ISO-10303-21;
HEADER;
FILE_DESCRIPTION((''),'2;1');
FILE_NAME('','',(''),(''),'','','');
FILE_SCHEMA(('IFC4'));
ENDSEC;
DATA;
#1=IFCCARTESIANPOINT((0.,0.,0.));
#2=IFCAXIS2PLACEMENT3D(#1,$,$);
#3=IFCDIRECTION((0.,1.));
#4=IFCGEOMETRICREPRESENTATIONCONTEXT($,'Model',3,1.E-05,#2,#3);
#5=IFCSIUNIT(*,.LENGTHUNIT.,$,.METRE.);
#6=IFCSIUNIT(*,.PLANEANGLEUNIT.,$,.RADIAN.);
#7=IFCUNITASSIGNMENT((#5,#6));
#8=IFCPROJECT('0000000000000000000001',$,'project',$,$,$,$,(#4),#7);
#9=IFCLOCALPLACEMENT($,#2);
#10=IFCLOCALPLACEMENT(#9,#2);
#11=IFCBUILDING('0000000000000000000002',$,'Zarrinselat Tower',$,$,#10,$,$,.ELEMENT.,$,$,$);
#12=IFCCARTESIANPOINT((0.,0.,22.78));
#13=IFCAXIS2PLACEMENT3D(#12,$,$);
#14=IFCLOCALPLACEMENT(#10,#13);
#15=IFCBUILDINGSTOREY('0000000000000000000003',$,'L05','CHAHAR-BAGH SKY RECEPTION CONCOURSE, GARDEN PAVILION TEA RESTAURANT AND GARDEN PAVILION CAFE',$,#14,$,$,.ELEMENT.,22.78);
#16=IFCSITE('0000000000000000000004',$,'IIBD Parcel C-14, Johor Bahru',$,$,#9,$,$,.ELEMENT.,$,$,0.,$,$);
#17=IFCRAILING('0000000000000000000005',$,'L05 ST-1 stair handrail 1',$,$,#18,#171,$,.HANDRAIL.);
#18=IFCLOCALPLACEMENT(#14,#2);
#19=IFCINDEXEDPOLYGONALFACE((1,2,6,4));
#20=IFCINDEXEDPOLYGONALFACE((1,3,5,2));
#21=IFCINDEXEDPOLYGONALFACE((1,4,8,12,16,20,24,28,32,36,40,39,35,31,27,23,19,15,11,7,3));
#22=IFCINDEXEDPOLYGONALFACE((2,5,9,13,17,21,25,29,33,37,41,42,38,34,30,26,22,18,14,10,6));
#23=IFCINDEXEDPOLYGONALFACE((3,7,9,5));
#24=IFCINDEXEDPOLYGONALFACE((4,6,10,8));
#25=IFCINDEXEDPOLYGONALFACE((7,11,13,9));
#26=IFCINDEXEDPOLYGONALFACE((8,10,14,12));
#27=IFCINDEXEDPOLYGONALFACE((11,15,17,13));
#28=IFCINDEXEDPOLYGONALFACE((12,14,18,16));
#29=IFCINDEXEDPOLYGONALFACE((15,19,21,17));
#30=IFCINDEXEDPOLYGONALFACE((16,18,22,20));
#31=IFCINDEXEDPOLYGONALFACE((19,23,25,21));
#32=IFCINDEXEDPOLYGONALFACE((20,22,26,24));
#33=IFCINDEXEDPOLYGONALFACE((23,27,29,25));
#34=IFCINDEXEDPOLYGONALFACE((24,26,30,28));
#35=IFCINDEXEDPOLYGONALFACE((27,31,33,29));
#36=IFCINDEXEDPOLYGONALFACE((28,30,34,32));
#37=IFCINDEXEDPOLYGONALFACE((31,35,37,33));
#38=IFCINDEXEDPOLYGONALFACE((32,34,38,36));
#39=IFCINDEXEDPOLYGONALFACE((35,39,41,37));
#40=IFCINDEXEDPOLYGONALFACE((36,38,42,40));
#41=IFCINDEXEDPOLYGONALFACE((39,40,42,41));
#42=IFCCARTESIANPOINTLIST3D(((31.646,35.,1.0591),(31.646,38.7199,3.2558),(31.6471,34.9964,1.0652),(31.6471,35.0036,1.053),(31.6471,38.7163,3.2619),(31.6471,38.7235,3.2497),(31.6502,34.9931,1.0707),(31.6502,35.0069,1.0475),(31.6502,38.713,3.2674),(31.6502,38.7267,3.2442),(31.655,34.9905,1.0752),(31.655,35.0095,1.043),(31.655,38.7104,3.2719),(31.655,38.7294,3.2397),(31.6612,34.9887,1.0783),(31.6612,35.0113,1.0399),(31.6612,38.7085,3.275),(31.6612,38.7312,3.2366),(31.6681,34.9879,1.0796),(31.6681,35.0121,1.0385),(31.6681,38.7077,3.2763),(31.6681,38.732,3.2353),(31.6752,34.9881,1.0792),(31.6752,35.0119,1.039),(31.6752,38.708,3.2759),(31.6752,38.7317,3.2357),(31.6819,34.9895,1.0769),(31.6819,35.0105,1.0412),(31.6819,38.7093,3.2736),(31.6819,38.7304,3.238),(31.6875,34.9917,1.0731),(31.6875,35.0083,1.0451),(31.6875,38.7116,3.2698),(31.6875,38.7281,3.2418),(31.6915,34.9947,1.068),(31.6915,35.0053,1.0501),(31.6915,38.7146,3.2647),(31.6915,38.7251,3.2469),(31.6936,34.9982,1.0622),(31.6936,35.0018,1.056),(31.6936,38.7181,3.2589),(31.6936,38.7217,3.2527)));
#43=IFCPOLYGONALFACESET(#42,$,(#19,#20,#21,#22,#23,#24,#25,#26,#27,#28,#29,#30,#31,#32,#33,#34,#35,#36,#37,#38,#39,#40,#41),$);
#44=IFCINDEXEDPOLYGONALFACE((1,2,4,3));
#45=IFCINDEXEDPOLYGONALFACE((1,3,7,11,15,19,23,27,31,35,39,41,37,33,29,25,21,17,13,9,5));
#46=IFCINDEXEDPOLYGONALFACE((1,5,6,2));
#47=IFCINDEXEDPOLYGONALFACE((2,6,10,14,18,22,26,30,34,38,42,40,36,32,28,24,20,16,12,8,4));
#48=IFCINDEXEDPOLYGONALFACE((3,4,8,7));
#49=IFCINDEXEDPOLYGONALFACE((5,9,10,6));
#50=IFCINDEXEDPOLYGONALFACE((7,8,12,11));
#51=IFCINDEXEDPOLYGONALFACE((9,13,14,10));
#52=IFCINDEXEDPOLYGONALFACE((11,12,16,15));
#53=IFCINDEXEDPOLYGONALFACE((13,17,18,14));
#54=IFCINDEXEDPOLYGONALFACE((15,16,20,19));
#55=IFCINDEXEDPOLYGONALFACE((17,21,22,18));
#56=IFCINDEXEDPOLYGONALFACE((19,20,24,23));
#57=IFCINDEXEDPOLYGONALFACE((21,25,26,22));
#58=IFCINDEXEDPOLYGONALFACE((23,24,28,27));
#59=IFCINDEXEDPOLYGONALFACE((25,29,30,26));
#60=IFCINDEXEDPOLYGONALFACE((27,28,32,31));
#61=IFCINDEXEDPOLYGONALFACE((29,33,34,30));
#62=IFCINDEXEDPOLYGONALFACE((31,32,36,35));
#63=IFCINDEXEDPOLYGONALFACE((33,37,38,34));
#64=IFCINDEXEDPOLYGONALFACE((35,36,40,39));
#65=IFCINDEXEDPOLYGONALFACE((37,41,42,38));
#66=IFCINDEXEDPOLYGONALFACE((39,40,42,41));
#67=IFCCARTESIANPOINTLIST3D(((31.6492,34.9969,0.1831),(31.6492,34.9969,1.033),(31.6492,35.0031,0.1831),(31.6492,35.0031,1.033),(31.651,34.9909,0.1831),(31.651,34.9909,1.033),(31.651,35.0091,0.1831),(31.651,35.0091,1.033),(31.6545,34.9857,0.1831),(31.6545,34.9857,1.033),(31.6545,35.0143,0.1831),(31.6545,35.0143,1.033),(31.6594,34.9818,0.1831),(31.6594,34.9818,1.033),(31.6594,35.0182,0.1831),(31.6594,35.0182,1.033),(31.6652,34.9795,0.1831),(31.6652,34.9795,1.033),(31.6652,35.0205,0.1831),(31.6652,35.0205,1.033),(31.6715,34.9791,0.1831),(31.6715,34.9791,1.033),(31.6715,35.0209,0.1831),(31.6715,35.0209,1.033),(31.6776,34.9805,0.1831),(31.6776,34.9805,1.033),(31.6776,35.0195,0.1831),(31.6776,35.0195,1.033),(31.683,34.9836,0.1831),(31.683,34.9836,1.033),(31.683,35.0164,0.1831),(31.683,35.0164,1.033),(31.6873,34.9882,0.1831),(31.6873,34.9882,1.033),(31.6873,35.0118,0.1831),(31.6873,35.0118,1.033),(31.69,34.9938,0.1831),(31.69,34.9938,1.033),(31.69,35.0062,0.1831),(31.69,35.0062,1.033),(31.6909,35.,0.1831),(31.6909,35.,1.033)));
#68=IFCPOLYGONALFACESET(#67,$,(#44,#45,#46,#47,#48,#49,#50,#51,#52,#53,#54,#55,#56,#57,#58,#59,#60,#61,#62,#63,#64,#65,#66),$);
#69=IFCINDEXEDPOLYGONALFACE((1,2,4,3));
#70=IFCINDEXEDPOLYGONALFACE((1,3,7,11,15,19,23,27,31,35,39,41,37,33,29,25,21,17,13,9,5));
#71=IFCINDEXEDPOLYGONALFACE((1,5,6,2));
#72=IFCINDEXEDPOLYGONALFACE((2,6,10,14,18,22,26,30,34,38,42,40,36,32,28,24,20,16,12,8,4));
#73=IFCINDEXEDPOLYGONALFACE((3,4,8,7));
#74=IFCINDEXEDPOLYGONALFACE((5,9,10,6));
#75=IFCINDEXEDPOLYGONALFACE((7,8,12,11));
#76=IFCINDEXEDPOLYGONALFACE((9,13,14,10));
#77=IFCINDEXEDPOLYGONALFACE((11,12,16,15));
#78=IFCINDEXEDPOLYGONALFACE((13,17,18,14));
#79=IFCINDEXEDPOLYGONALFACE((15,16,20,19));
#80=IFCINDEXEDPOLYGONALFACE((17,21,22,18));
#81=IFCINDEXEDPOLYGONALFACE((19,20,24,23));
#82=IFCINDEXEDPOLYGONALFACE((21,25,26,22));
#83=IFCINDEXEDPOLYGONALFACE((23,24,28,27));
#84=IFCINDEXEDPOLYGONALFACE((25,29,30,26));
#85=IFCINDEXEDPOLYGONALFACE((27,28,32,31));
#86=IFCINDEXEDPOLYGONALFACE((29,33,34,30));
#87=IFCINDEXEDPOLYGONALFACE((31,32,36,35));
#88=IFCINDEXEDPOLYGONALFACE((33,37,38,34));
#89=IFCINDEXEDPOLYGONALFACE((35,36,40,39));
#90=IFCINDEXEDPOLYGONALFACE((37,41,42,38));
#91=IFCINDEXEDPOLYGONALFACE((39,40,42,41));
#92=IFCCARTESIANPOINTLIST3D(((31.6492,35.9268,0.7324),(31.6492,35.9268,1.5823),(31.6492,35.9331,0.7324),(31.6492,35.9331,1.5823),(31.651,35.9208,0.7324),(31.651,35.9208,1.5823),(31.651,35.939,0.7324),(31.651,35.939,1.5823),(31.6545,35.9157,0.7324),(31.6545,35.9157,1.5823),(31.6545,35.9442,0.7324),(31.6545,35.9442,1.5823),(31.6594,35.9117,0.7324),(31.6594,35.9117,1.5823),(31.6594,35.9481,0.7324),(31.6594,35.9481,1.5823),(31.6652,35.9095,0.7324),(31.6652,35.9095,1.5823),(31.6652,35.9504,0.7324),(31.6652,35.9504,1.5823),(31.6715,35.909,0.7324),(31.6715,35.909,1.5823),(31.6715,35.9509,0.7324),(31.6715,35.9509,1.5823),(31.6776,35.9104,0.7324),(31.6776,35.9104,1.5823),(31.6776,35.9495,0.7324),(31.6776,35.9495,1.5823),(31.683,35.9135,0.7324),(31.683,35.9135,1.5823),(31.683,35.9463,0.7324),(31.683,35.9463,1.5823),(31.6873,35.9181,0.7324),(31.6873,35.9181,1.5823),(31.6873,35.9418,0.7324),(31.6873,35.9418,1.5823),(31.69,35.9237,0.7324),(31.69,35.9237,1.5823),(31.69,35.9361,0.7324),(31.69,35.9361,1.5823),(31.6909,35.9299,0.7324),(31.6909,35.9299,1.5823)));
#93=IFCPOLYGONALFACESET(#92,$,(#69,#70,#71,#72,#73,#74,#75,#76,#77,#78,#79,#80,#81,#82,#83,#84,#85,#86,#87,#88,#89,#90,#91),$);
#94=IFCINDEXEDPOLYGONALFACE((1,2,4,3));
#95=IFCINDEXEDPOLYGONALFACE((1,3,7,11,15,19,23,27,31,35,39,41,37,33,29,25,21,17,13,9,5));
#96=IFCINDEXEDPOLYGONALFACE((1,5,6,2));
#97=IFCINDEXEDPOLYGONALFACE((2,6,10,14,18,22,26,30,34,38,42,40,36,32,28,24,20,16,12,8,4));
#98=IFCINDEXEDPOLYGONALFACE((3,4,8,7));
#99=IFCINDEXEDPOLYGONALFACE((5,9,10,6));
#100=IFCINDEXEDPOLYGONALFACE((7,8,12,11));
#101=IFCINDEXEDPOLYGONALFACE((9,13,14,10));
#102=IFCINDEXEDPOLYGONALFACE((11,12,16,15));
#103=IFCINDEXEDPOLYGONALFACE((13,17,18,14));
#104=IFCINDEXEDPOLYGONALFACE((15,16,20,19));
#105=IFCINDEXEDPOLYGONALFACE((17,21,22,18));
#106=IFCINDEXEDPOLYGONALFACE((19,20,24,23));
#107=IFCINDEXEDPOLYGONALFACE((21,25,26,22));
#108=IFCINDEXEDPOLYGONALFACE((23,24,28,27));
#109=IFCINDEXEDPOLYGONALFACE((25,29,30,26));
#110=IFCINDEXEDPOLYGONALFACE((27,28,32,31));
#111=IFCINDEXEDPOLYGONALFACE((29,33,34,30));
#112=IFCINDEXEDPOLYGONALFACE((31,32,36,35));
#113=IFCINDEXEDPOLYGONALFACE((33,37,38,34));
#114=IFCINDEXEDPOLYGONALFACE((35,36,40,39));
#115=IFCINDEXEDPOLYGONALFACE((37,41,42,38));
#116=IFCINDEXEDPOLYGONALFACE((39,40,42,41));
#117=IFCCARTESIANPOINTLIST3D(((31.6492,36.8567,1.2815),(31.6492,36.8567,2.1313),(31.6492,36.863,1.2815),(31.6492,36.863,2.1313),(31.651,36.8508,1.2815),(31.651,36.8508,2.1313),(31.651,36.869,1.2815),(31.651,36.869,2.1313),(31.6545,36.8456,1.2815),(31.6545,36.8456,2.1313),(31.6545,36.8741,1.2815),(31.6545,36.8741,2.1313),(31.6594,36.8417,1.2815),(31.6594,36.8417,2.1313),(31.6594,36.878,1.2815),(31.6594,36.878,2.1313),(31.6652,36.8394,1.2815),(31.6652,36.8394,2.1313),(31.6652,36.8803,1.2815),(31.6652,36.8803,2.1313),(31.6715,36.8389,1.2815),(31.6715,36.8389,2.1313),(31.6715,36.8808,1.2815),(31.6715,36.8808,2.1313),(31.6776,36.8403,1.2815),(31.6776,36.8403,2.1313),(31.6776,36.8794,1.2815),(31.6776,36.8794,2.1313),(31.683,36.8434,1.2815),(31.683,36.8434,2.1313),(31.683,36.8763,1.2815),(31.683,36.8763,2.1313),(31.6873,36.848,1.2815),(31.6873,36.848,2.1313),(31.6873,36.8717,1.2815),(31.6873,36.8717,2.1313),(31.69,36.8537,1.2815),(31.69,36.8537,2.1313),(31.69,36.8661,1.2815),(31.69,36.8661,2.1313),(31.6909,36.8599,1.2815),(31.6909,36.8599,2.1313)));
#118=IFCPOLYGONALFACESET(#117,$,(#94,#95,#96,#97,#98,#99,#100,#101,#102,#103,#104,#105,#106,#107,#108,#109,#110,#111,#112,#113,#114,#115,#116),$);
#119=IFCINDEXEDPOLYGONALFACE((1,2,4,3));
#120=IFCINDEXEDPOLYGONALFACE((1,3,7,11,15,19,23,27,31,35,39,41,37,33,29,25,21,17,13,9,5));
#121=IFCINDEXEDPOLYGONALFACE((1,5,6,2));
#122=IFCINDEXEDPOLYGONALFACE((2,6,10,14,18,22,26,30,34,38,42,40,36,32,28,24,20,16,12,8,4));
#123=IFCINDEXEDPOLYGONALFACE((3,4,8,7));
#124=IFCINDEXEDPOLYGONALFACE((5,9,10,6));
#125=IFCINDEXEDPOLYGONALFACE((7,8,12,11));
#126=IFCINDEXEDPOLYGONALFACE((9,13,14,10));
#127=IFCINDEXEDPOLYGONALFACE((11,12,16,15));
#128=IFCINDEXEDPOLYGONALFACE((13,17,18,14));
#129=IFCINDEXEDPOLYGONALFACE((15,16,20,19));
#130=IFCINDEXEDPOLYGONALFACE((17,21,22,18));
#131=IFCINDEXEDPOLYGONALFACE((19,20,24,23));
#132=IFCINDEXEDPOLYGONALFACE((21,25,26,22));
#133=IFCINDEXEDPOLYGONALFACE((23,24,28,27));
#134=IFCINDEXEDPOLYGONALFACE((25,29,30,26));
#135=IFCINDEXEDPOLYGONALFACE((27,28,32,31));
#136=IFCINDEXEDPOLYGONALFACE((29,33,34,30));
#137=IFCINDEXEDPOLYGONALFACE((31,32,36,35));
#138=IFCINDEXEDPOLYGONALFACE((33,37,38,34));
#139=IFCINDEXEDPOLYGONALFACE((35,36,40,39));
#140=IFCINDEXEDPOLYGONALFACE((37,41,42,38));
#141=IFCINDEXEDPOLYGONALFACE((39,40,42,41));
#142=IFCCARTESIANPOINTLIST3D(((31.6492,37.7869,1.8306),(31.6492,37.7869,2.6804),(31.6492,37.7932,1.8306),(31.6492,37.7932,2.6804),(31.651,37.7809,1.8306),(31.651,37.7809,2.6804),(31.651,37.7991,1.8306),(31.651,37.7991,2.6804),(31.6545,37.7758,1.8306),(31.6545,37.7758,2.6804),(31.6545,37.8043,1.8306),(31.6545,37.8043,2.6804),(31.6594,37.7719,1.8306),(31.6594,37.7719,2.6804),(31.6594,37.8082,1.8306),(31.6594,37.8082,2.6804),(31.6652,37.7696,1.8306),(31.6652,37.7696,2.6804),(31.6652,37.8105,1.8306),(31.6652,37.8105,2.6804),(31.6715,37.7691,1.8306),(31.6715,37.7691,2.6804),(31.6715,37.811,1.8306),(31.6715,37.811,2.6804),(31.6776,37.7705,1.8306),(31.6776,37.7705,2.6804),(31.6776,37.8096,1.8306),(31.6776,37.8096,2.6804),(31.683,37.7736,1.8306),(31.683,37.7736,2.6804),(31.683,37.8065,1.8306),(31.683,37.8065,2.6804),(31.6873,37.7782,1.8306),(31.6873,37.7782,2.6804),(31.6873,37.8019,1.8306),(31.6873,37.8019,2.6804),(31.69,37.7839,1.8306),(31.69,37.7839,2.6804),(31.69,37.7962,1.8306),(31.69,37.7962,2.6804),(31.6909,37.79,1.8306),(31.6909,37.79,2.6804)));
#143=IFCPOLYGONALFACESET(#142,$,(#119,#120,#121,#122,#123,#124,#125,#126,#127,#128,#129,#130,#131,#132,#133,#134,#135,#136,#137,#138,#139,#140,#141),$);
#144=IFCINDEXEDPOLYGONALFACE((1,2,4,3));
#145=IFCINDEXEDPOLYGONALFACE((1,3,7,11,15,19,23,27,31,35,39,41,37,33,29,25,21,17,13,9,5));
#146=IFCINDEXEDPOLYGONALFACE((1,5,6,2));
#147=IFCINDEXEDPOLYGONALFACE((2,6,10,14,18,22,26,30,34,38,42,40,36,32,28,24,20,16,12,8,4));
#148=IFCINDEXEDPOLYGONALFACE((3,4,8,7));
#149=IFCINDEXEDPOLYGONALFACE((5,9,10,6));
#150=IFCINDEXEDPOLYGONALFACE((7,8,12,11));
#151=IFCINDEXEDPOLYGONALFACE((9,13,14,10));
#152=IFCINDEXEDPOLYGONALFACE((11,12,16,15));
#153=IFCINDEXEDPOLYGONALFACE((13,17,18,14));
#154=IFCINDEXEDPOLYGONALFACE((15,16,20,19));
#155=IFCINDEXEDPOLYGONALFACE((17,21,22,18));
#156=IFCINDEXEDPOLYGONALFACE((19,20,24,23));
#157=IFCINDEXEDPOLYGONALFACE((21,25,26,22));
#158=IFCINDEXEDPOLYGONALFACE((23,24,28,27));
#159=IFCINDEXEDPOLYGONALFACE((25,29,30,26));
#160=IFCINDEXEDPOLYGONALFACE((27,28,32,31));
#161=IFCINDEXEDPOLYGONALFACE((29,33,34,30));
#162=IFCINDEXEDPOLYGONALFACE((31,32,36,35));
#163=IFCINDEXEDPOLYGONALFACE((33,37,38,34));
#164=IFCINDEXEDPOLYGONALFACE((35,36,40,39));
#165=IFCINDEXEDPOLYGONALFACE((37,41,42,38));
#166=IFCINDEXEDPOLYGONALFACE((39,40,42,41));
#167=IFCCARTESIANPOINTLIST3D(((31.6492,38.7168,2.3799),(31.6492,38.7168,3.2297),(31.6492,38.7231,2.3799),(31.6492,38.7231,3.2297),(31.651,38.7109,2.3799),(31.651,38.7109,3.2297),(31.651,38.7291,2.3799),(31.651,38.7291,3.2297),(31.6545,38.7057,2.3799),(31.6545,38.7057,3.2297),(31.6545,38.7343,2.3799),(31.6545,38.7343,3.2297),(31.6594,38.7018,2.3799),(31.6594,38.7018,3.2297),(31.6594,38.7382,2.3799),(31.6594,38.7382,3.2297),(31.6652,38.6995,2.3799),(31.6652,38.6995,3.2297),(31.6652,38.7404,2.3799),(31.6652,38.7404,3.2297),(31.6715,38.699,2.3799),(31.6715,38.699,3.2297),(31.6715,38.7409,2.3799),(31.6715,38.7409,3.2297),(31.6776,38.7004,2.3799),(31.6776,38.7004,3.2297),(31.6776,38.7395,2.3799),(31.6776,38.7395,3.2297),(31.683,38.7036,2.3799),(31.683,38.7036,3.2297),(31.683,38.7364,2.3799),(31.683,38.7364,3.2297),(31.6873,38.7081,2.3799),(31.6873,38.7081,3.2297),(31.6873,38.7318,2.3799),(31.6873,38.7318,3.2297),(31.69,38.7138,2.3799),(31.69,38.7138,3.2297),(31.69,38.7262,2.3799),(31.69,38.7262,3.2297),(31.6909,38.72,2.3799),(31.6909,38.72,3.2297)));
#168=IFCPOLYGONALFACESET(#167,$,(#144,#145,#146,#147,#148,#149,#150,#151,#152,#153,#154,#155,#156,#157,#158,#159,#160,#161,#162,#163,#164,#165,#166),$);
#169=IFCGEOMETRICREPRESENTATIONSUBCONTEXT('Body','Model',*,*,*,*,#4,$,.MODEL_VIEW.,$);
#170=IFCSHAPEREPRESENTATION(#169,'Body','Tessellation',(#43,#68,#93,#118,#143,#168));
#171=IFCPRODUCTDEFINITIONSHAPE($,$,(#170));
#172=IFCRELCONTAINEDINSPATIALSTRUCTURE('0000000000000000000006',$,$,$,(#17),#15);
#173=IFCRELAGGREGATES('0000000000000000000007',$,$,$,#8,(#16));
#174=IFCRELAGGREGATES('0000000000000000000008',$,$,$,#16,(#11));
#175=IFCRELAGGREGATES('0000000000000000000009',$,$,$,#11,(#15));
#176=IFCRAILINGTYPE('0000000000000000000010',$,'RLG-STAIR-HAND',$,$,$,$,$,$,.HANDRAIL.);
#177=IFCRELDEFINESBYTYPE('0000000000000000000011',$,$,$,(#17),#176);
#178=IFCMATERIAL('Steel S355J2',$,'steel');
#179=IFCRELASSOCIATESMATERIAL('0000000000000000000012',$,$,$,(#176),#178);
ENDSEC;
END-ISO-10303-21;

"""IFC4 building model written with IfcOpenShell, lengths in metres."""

from ifc_helpers import new_model, si_unit, direction, frame, origin, origin_2d, place, context, subcontext, project, spatial, circle, extrude, material, type_object, element, save


model = new_model("IFC4")

# Units and contexts
model_context = context("Model", 3, precision=1e-05, world=origin(), true_north=direction((0.0, 1.0)))
body_context = subcontext(model_context, "Body", "Model", "MODEL_VIEW")
ifc_project = project(units=[si_unit("LENGTHUNIT", "METRE"), si_unit("PLANEANGLEUNIT", "RADIAN")], contexts=[model_context])

# Site, building, storey
site_placement = place(None, origin())
site = spatial("IfcSite", under=ifc_project, at=site_placement, Name="IIBD Parcel C-14, Johor Bahru", CompositionType="ELEMENT", RefElevation=0.0)
building_placement = place(site_placement, origin())
building = spatial("IfcBuilding", under=site, at=building_placement, Name="Zarrinselat Tower", CompositionType="ELEMENT")
storey_placement = place(building_placement, frame((0.0, 0.0, 22.78)))
storey = spatial("IfcBuildingStorey", under=building, at=storey_placement, Name="L05", Description="CHAHAR-BAGH SKY RECEPTION CONCOURSE, GARDEN PAVILION TEA RESTAURANT AND GARDEN PAVILION CAFE", CompositionType="ELEMENT", Elevation=22.78)

# Railing
ifc_material_1 = material(Name="Steel S355J2", Category="steel")
railing_type_1 = type_object("IfcRailingType", Name="RLG-STAIR-HAND", PredefinedType="HANDRAIL", material=ifc_material_1)
railing_1_placement = place(storey_placement, frame((31.6699, 35.0, 0.1831)))
element("IfcRailing", 1, at=railing_1_placement, inside=storey, type_object=railing_type_1, Name="L05 ST-1 stair handrail 1", PredefinedType="HANDRAIL", context=body_context, shape_type="SweptSolid", body=[
    extrude(circle(Radius=0.0239, at=origin_2d()), frame((0.0, 0.0, 0.876), z_axis=(0.0, 0.861067, 0.508491), x_axis=(-1.0, 0.0, 0.0)), (0.0, 0.0, 1.0), 4.3201),
    extrude(circle(Radius=0.021, at=origin_2d()), origin(), (0.0, 0.0, 1.0), 0.8499),
    extrude(circle(Radius=0.021, at=origin_2d()), frame((0.0, 0.9299, 0.5493)), (0.0, 0.0, 1.0), 0.8499),
    extrude(circle(Radius=0.021, at=origin_2d()), frame((0.0, 1.8599, 1.0984)), (0.0, 0.0, 1.0), 0.8499),
    extrude(circle(Radius=0.021, at=origin_2d()), frame((0.0, 2.79, 1.6475)), (0.0, 0.0, 1.0), 0.8499),
    extrude(circle(Radius=0.021, at=origin_2d()), frame((0.0, 3.72, 2.1968)), (0.0, 0.0, 1.0), 0.8499),
])

save(model, "model.ifc")
